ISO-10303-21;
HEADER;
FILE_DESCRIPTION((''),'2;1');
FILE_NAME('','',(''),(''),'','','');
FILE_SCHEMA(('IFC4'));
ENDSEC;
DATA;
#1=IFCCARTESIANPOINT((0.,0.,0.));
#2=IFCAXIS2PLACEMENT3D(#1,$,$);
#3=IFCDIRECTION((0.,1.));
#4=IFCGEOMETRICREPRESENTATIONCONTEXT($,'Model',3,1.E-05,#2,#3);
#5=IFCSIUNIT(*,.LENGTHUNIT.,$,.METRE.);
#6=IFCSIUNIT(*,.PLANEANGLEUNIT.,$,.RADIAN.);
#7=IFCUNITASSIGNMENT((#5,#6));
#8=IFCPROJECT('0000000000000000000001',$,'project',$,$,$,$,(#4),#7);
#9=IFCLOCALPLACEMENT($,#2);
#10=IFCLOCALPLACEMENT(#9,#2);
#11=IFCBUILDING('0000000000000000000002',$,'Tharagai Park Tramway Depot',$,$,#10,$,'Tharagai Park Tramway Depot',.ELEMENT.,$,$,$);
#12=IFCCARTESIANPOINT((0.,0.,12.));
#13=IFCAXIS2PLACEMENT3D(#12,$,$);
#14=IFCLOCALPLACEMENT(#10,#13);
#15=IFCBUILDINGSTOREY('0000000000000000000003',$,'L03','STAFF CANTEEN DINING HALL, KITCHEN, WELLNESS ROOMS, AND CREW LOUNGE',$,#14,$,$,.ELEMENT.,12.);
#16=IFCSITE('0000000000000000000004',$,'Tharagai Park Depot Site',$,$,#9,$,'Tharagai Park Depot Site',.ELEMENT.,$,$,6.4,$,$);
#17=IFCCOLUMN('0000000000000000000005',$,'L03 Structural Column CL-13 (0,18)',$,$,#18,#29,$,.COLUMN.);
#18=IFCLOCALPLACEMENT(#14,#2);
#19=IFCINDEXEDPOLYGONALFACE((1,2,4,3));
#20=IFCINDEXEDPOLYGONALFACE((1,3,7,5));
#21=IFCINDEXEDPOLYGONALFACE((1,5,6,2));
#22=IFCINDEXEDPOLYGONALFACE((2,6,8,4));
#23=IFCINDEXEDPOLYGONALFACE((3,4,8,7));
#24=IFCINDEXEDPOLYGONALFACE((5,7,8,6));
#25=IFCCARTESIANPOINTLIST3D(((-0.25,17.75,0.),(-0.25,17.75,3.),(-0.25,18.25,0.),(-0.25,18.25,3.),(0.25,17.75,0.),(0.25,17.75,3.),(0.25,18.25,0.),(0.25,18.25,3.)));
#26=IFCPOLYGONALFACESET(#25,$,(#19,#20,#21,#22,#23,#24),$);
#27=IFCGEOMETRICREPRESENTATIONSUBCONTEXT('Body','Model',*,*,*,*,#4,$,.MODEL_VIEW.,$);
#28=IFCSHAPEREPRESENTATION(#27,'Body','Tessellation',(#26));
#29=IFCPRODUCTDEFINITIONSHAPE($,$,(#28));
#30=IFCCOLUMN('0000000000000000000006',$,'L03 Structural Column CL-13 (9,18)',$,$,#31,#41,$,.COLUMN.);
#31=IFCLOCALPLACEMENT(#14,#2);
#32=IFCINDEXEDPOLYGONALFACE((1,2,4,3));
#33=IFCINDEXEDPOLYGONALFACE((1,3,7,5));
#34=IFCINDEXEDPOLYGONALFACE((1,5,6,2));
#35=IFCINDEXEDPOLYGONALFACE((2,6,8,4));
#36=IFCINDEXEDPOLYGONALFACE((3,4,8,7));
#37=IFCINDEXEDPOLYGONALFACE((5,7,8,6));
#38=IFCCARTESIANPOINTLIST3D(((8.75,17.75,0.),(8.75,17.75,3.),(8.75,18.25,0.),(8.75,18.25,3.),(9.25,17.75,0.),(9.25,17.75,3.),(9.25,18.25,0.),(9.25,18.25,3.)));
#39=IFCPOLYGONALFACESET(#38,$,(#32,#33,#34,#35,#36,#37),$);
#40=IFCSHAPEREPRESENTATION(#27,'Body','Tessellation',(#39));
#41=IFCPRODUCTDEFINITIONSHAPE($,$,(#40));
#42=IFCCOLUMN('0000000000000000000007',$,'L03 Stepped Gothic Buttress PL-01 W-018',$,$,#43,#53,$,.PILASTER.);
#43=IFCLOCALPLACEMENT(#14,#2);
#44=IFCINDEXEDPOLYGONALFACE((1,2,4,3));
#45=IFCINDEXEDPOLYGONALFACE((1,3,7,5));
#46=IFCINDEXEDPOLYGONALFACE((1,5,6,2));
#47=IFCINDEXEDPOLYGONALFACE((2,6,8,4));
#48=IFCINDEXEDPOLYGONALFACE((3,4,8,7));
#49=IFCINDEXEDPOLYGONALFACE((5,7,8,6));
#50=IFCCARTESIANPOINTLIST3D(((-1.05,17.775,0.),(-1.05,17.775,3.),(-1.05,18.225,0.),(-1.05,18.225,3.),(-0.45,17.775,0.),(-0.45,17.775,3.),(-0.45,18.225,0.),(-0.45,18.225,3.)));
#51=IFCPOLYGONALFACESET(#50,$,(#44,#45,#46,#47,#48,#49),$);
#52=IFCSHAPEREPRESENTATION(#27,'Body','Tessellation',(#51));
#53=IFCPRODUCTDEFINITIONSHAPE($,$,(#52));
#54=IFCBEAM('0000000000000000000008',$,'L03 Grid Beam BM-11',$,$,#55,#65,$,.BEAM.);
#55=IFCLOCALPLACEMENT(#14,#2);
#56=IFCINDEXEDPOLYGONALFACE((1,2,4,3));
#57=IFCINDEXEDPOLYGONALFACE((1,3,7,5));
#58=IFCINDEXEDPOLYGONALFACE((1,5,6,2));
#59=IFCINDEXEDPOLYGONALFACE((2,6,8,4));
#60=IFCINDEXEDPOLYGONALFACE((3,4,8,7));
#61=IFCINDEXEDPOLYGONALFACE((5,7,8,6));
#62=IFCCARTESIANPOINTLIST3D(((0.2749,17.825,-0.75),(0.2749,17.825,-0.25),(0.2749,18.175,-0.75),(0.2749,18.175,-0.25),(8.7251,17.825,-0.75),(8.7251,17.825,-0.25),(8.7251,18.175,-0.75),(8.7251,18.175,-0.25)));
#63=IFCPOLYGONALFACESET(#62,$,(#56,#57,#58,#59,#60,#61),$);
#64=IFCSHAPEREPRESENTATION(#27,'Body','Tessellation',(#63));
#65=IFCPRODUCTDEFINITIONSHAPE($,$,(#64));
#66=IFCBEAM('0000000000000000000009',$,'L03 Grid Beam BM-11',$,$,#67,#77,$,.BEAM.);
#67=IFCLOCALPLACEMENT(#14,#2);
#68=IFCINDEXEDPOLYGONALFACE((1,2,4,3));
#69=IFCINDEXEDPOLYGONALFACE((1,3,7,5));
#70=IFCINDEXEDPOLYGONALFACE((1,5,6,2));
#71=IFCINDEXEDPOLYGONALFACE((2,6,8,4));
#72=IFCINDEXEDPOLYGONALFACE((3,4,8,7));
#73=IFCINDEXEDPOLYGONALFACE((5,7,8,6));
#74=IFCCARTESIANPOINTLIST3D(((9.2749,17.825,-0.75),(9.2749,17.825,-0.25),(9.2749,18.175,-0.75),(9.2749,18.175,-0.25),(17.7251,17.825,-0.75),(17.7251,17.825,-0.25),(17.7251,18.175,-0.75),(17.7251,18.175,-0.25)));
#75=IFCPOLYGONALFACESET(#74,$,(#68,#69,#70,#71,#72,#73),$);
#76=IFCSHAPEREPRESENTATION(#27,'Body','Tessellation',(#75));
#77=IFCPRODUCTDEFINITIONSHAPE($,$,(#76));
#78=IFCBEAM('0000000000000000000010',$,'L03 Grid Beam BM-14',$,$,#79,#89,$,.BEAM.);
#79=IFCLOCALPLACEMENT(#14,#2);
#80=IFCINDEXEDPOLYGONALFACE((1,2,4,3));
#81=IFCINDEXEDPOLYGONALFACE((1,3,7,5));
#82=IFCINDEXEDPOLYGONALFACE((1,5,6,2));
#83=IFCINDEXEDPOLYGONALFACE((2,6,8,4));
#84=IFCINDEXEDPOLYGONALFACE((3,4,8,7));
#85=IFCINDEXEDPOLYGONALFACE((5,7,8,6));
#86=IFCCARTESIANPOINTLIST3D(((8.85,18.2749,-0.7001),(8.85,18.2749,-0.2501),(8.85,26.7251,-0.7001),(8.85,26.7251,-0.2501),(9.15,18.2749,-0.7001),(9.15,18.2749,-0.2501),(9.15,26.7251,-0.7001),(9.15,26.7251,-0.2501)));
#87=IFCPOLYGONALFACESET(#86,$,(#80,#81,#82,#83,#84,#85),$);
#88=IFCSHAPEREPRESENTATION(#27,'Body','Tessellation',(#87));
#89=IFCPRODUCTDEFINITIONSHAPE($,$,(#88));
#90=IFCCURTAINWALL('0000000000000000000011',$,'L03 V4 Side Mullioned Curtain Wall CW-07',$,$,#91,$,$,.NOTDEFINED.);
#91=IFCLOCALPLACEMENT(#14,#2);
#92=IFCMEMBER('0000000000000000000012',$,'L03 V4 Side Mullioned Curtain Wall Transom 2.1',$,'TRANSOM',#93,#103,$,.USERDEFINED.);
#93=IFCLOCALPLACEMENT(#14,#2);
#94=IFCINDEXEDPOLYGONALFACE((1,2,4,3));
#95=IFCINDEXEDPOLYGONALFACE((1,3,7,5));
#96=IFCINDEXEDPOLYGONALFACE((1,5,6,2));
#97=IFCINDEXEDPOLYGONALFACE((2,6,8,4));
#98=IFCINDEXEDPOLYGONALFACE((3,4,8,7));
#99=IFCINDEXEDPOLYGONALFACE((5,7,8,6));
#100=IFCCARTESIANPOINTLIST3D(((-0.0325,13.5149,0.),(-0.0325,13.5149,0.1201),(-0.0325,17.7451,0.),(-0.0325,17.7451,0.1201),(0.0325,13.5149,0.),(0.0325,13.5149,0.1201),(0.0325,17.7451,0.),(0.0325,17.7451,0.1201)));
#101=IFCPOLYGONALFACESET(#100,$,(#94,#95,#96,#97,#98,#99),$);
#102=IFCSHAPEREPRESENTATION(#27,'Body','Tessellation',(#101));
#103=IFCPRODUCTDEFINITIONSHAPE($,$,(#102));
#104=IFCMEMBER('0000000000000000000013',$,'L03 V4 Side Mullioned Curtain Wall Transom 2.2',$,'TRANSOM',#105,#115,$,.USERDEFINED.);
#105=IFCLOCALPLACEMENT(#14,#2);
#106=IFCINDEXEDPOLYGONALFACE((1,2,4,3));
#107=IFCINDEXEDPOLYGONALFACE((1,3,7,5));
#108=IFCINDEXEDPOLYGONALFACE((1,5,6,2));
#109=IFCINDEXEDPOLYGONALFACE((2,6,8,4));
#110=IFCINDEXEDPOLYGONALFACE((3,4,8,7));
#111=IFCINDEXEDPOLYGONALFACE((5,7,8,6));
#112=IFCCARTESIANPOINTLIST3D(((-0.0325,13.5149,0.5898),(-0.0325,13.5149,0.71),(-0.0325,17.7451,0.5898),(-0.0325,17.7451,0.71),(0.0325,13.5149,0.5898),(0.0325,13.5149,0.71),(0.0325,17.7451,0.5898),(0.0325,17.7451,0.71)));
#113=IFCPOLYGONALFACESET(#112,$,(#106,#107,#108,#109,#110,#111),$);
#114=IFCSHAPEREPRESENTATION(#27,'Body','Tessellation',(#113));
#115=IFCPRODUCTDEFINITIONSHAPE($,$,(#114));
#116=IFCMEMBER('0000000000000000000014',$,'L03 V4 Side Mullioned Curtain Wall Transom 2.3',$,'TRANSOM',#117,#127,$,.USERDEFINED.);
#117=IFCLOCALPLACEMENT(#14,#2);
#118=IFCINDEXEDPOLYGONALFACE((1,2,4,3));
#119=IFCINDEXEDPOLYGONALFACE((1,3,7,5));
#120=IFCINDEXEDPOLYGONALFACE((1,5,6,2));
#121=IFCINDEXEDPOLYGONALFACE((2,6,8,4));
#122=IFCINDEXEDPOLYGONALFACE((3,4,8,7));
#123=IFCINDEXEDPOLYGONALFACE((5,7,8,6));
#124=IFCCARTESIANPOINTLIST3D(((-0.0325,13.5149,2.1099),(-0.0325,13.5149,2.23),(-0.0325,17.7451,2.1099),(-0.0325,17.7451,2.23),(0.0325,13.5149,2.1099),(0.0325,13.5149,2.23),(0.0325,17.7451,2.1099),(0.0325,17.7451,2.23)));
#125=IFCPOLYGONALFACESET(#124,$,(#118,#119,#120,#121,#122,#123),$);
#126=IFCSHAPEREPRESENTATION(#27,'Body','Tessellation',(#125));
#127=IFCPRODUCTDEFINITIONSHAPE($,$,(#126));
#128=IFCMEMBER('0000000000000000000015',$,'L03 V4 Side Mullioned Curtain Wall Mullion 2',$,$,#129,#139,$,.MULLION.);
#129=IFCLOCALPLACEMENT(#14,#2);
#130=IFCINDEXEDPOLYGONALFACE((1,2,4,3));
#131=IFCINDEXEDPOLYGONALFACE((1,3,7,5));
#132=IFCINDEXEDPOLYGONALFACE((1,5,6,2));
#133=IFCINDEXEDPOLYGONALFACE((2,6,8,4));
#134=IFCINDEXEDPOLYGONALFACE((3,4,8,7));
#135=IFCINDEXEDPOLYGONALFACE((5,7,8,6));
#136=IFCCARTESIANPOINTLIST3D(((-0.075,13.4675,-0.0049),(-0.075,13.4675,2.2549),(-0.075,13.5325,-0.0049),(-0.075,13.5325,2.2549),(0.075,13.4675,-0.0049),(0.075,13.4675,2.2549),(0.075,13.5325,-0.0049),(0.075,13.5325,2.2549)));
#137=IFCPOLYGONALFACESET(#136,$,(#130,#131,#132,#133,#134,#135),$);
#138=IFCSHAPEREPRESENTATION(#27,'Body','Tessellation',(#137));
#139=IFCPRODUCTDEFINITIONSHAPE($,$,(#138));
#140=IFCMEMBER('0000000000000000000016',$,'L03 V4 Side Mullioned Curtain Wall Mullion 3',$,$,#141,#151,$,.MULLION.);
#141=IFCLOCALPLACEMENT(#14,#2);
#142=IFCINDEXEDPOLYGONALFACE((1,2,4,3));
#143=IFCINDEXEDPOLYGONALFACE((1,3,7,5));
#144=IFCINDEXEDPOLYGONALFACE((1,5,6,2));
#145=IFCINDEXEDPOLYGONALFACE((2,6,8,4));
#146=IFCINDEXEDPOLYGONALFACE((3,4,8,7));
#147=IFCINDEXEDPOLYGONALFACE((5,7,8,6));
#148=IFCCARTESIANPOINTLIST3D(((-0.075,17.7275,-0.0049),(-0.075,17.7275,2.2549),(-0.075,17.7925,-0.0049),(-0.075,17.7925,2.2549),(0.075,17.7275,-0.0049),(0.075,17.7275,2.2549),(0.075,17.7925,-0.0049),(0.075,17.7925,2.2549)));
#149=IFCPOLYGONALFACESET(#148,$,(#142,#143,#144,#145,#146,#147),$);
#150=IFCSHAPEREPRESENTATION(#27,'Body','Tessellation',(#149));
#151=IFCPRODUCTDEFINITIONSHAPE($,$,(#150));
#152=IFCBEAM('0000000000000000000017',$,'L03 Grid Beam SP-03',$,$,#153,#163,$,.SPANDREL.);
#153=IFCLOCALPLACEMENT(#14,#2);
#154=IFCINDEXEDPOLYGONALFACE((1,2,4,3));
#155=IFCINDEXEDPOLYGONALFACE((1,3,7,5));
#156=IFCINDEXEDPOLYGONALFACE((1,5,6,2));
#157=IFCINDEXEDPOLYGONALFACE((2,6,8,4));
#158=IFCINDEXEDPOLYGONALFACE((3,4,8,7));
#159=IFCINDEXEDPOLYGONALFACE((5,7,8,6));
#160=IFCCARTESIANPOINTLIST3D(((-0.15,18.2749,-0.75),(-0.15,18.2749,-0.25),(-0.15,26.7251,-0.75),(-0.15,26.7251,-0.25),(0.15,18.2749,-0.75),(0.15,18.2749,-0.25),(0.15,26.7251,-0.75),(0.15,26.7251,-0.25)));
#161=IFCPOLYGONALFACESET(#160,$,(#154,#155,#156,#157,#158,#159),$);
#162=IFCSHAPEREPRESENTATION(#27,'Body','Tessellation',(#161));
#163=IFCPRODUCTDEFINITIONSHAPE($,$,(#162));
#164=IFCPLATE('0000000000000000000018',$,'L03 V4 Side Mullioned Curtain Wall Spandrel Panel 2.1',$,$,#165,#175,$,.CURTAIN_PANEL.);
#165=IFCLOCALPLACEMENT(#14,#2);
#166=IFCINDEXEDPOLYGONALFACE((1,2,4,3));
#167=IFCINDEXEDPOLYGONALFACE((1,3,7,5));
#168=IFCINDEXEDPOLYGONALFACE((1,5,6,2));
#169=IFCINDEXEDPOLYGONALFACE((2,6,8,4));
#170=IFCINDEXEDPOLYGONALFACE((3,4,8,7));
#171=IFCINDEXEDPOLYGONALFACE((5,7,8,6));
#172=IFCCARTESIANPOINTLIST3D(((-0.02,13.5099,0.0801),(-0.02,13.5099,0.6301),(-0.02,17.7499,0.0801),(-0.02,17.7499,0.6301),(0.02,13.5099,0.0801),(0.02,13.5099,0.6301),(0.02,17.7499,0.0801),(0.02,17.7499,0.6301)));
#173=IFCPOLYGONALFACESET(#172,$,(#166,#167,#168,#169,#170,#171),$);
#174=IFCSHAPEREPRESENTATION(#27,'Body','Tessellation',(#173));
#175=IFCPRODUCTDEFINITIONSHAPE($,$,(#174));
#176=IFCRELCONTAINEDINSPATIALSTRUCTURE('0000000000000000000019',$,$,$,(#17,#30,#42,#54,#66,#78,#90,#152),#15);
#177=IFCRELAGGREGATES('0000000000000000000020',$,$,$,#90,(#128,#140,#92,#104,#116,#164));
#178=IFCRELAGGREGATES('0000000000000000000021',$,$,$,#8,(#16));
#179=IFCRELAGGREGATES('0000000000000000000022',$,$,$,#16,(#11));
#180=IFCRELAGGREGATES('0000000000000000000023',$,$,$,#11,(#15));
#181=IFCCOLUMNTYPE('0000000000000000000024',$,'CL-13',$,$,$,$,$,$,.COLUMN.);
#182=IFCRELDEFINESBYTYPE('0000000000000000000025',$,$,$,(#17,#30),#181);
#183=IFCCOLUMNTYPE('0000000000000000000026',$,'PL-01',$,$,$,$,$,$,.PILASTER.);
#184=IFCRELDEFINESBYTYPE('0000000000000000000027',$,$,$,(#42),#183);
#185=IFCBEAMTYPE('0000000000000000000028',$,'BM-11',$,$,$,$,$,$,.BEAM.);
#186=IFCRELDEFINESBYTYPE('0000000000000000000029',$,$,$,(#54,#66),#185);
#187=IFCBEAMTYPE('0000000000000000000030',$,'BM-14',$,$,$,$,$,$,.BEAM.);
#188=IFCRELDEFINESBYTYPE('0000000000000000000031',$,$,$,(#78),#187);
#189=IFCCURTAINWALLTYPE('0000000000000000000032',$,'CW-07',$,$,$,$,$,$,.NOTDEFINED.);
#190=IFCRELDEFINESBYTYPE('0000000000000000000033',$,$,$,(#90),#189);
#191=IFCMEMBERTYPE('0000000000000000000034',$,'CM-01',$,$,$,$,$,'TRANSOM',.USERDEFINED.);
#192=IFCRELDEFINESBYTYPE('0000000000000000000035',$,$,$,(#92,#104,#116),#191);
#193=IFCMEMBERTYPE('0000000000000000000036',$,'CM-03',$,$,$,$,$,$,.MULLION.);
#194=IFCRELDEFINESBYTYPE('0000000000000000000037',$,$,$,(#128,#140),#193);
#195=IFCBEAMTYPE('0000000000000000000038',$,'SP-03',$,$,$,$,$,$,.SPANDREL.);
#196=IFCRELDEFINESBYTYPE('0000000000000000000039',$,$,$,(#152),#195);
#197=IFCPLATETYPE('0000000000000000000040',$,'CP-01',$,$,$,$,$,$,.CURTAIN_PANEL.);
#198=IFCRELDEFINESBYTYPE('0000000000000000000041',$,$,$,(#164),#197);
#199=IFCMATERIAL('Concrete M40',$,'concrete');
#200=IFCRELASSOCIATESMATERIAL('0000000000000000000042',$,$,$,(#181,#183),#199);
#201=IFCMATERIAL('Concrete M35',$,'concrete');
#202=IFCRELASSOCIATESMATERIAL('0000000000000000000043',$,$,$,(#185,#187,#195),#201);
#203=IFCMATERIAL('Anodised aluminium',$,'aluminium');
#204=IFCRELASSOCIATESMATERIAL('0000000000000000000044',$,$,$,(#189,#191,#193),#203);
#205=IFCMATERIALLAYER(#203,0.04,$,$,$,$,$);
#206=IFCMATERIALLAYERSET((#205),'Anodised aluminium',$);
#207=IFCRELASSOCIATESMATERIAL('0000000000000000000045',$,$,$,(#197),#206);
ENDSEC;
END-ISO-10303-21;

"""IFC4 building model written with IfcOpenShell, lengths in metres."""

from ifc_helpers import new_model, si_unit, direction, frame, origin, origin_2d, place, context, subcontext, project, spatial, rectangle, extrude, material, layer, layer_set, material_profile, profile_set, type_object, element, aggregate, save


model = new_model("IFC4")

# Units and contexts
model_context = context("Model", 3, precision=1e-05, world=origin(), true_north=direction((0.0, 1.0)))
body_context = subcontext(model_context, "Body", "Model", "MODEL_VIEW")
ifc_project = project(units=[si_unit("LENGTHUNIT", "METRE"), si_unit("PLANEANGLEUNIT", "RADIAN")], contexts=[model_context])

# Site, building, storey
site_placement = place(None, origin())
site = spatial("IfcSite", under=ifc_project, at=site_placement, Name="Tharagai Park Depot Site", LongName="Tharagai Park Depot Site", CompositionType="ELEMENT", RefElevation=6.4)
building_placement = place(site_placement, origin())
building = spatial("IfcBuilding", under=site, at=building_placement, Name="Tharagai Park Tramway Depot", LongName="Tharagai Park Tramway Depot", CompositionType="ELEMENT")
storey_placement = place(building_placement, frame((0.0, 0.0, 12.0)))
storey = spatial("IfcBuildingStorey", under=building, at=storey_placement, Name="L03", Description="STAFF CANTEEN DINING HALL, KITCHEN, WELLNESS ROOMS, AND CREW LOUNGE", CompositionType="ELEMENT", Elevation=12.0)

# Columns
ifc_material_1 = material(Name="Concrete M40", Category="concrete")
ifc_material_profile_1 = material_profile(ifc_material_1, rectangle(XDim=0.5, YDim=0.5, at=origin_2d()), Name="RC 500x500")
ifc_profile_set_1 = profile_set([ifc_material_profile_1], Name="Concrete M40")
column_type_1 = type_object("IfcColumnType", Name="CL-13", PredefinedType="COLUMN", material=ifc_profile_set_1)
for number, where, z_axis, x_axis, name in (
    (1, (0.0, 18.0, 0.0), (0.0, 0.0, 1.0), (1.0, 0.0, 0.0), "L03 Structural Column CL-13 (0,18)"),
    (2, (9.0, 18.0, 0.0), (0.0, 0.0, 1.0), (1.0, 0.0, 0.0), "L03 Structural Column CL-13 (9,18)"),
):
    element("IfcColumn", number, at=place(storey_placement, frame(where, z_axis=z_axis, x_axis=x_axis)), inside=storey, type_object=column_type_1, Name=name, PredefinedType="COLUMN", context=body_context, shape_type="SweptSolid", body=[
        extrude(rectangle(XDim=0.5, YDim=0.5, at=origin_2d()), origin(), (0.0, 0.0, 1.0), 3.0),
    ])
ifc_material_profile_2 = material_profile(ifc_material_1, rectangle(XDim=0.45, YDim=0.6001, at=origin_2d()), Name="RC 450x600")
ifc_profile_set_2 = profile_set([ifc_material_profile_2], Name="Concrete M40")
column_type_2 = type_object("IfcColumnType", Name="PL-01", PredefinedType="PILASTER", material=ifc_profile_set_2)
column_placement = place(storey_placement, frame((-0.75, 18.0, 0.0), z_axis=(0.0, 0.0, 1.0), x_axis=(0.0, 1.0, 0.0)))
element("IfcColumn", 3, at=column_placement, inside=storey, type_object=column_type_2, Name="L03 Stepped Gothic Buttress PL-01 W-018", PredefinedType="PILASTER", context=body_context, shape_type="SweptSolid", body=[
    extrude(rectangle(XDim=0.45, YDim=0.6001, at=origin_2d()), origin(), (0.0, 0.0, 1.0), 3.0),
])

# Beams
ifc_material_2 = material(Name="Concrete M35", Category="concrete")
ifc_material_profile_3 = material_profile(ifc_material_2, rectangle(XDim=0.3501, YDim=0.5, at=origin_2d()), Name="RC 350x500")
ifc_profile_set_3 = profile_set([ifc_material_profile_3], Name="Concrete M35")
beam_type_1 = type_object("IfcBeamType", Name="BM-11", PredefinedType="BEAM", material=ifc_profile_set_3)
for number, where, z_axis, x_axis, name in (
    (4, (0.2749, 18.0, -0.5), (1.0, 0.0, 0.0), (0.0, 1.0, 0.0), "L03 Grid Beam BM-11"),
    (5, (9.2749, 18.0, -0.5), (1.0, 0.0, 0.0), (0.0, 1.0, 0.0), "L03 Grid Beam BM-11"),
):
    element("IfcBeam", number, at=place(storey_placement, frame(where, z_axis=z_axis, x_axis=x_axis)), inside=storey, type_object=beam_type_1, Name=name, PredefinedType="BEAM", context=body_context, shape_type="SweptSolid", body=[
        extrude(rectangle(XDim=0.3501, YDim=0.5, at=origin_2d()), origin(), (0.0, 0.0, 1.0), 8.4502),
    ])
ifc_material_profile_4 = material_profile(ifc_material_2, rectangle(XDim=0.3, YDim=0.45, at=origin_2d()), Name="RC 300x450")
ifc_profile_set_4 = profile_set([ifc_material_profile_4], Name="Concrete M35")
beam_type_2 = type_object("IfcBeamType", Name="BM-14", PredefinedType="BEAM", material=ifc_profile_set_4)
beam_1_placement = place(storey_placement, frame((9.0, 18.2749, -0.4751), z_axis=(0.0, 1.0, 0.0), x_axis=(-1.0, 0.0, 0.0)))
element("IfcBeam", 6, at=beam_1_placement, inside=storey, type_object=beam_type_2, Name="L03 Grid Beam BM-14", PredefinedType="BEAM", context=body_context, shape_type="SweptSolid", body=[
    extrude(rectangle(XDim=0.3, YDim=0.45, at=origin_2d()), origin(), (0.0, 0.0, 1.0), 8.4502),
])

# Curtain wall, members
ifc_material_3 = material(Name="Anodised aluminium", Category="aluminium")
curtain_wall_type = type_object("IfcCurtainWallType", Name="CW-07", PredefinedType="NOTDEFINED", material=ifc_material_3)
curtain_wall_placement = place(storey_placement, origin())
curtain_wall = element("IfcCurtainWall", 7, at=curtain_wall_placement, inside=storey, type_object=curtain_wall_type, Name="L03 V4 Side Mullioned Curtain Wall CW-07", PredefinedType="NOTDEFINED")
ifc_material_profile_5 = material_profile(ifc_material_3, rectangle(XDim=0.0649, YDim=0.1201, at=origin_2d()), Name="ALU 65x120")
ifc_profile_set_5 = profile_set([ifc_material_profile_5], Name="Anodised aluminium")
member_type_1 = type_object("IfcMemberType", Name="CM-01", ElementType="TRANSOM", PredefinedType="USERDEFINED", material=ifc_profile_set_5)
member_1_placement = place(storey_placement, frame((0.0, 13.5149, 0.0601), z_axis=(0.0, 1.0, 0.0), x_axis=(-1.0, 0.0, 0.0)))
member_1 = element("IfcMember", 8, at=member_1_placement, type_object=member_type_1, Name="L03 V4 Side Mullioned Curtain Wall Transom 2.1", ObjectType="TRANSOM", PredefinedType="USERDEFINED", context=body_context, shape_type="SweptSolid", body=[
    extrude(rectangle(XDim=0.0649, YDim=0.1201, at=origin_2d()), origin(), (0.0, 0.0, 1.0), 4.2302),
])
member_2_placement = place(storey_placement, frame((0.0, 13.5149, 0.6499), z_axis=(0.0, 1.0, 0.0), x_axis=(-1.0, 0.0, 0.0)))
member_2 = element("IfcMember", 9, at=member_2_placement, type_object=member_type_1, Name="L03 V4 Side Mullioned Curtain Wall Transom 2.2", ObjectType="TRANSOM", PredefinedType="USERDEFINED", context=body_context, shape_type="SweptSolid", body=[
    extrude(rectangle(XDim=0.0649, YDim=0.1201, at=origin_2d()), origin(), (0.0, 0.0, 1.0), 4.2302),
])
member_3_placement = place(storey_placement, frame((0.0, 13.5149, 2.1699), z_axis=(0.0, 1.0, 0.0), x_axis=(-1.0, 0.0, 0.0)))
member_3 = element("IfcMember", 10, at=member_3_placement, type_object=member_type_1, Name="L03 V4 Side Mullioned Curtain Wall Transom 2.3", ObjectType="TRANSOM", PredefinedType="USERDEFINED", context=body_context, shape_type="SweptSolid", body=[
    extrude(rectangle(XDim=0.0649, YDim=0.1201, at=origin_2d()), origin(), (0.0, 0.0, 1.0), 4.2302),
])
ifc_material_profile_6 = material_profile(ifc_material_3, rectangle(XDim=0.0649, YDim=0.1499, at=origin_2d()), Name="ALU 65x150")
ifc_profile_set_6 = profile_set([ifc_material_profile_6], Name="Anodised aluminium")
member_type_2 = type_object("IfcMemberType", Name="CM-03", PredefinedType="MULLION", material=ifc_profile_set_6)
member_4_placement = place(storey_placement, frame((0.0, 13.5, -0.0049), z_axis=(0.0, 0.0, 1.0), x_axis=(0.0, 1.0, 0.0)))
member_4 = element("IfcMember", 11, at=member_4_placement, type_object=member_type_2, Name="L03 V4 Side Mullioned Curtain Wall Mullion 2", PredefinedType="MULLION", context=body_context, shape_type="SweptSolid", body=[
    extrude(rectangle(XDim=0.0649, YDim=0.1499, at=origin_2d()), origin(), (0.0, 0.0, 1.0), 2.2598),
])
member_5_placement = place(storey_placement, frame((0.0, 17.76, -0.0049), z_axis=(0.0, 0.0, 1.0), x_axis=(0.0, 1.0, 0.0)))
member_5 = element("IfcMember", 12, at=member_5_placement, type_object=member_type_2, Name="L03 V4 Side Mullioned Curtain Wall Mullion 3", PredefinedType="MULLION", context=body_context, shape_type="SweptSolid", body=[
    extrude(rectangle(XDim=0.0649, YDim=0.1499, at=origin_2d()), origin(), (0.0, 0.0, 1.0), 2.2598),
])

# Beam
ifc_material_profile_7 = material_profile(ifc_material_2, rectangle(XDim=0.3, YDim=0.5, at=origin_2d()), Name="RC 300x500")
ifc_profile_set_7 = profile_set([ifc_material_profile_7], Name="Concrete M35")
beam_type_3 = type_object("IfcBeamType", Name="SP-03", PredefinedType="SPANDREL", material=ifc_profile_set_7)
beam_2_placement = place(storey_placement, frame((0.0, 18.2749, -0.5), z_axis=(0.0, 1.0, 0.0), x_axis=(-1.0, 0.0, 0.0)))
element("IfcBeam", 13, at=beam_2_placement, inside=storey, type_object=beam_type_3, Name="L03 Grid Beam SP-03", PredefinedType="SPANDREL", context=body_context, shape_type="SweptSolid", body=[
    extrude(rectangle(XDim=0.3, YDim=0.5, at=origin_2d()), origin(), (0.0, 0.0, 1.0), 8.4502),
])

# Plate
ifc_layer_1 = layer(ifc_material_3, 0.04)
ifc_layer_set_1 = layer_set([ifc_layer_1], Name="Anodised aluminium")
plate_type_1 = type_object("IfcPlateType", Name="CP-01", PredefinedType="CURTAIN_PANEL", material=ifc_layer_set_1)
plate_1_placement = place(storey_placement, frame((0.0, 15.6299, 0.0801), z_axis=(0.0, 0.0, 1.0), x_axis=(0.0, 1.0, 0.0)))
plate_1 = element("IfcPlate", 14, at=plate_1_placement, type_object=plate_type_1, Name="L03 V4 Side Mullioned Curtain Wall Spandrel Panel 2.1", PredefinedType="CURTAIN_PANEL", context=body_context, shape_type="SweptSolid", body=[
    extrude(rectangle(XDim=4.24, YDim=0.04, at=origin_2d()), origin(), (0.0, 0.0, 1.0), 0.55),
])
aggregate(curtain_wall, [member_4, member_5, member_1, member_2, member_3, plate_1])

save(model, "model.ifc")
